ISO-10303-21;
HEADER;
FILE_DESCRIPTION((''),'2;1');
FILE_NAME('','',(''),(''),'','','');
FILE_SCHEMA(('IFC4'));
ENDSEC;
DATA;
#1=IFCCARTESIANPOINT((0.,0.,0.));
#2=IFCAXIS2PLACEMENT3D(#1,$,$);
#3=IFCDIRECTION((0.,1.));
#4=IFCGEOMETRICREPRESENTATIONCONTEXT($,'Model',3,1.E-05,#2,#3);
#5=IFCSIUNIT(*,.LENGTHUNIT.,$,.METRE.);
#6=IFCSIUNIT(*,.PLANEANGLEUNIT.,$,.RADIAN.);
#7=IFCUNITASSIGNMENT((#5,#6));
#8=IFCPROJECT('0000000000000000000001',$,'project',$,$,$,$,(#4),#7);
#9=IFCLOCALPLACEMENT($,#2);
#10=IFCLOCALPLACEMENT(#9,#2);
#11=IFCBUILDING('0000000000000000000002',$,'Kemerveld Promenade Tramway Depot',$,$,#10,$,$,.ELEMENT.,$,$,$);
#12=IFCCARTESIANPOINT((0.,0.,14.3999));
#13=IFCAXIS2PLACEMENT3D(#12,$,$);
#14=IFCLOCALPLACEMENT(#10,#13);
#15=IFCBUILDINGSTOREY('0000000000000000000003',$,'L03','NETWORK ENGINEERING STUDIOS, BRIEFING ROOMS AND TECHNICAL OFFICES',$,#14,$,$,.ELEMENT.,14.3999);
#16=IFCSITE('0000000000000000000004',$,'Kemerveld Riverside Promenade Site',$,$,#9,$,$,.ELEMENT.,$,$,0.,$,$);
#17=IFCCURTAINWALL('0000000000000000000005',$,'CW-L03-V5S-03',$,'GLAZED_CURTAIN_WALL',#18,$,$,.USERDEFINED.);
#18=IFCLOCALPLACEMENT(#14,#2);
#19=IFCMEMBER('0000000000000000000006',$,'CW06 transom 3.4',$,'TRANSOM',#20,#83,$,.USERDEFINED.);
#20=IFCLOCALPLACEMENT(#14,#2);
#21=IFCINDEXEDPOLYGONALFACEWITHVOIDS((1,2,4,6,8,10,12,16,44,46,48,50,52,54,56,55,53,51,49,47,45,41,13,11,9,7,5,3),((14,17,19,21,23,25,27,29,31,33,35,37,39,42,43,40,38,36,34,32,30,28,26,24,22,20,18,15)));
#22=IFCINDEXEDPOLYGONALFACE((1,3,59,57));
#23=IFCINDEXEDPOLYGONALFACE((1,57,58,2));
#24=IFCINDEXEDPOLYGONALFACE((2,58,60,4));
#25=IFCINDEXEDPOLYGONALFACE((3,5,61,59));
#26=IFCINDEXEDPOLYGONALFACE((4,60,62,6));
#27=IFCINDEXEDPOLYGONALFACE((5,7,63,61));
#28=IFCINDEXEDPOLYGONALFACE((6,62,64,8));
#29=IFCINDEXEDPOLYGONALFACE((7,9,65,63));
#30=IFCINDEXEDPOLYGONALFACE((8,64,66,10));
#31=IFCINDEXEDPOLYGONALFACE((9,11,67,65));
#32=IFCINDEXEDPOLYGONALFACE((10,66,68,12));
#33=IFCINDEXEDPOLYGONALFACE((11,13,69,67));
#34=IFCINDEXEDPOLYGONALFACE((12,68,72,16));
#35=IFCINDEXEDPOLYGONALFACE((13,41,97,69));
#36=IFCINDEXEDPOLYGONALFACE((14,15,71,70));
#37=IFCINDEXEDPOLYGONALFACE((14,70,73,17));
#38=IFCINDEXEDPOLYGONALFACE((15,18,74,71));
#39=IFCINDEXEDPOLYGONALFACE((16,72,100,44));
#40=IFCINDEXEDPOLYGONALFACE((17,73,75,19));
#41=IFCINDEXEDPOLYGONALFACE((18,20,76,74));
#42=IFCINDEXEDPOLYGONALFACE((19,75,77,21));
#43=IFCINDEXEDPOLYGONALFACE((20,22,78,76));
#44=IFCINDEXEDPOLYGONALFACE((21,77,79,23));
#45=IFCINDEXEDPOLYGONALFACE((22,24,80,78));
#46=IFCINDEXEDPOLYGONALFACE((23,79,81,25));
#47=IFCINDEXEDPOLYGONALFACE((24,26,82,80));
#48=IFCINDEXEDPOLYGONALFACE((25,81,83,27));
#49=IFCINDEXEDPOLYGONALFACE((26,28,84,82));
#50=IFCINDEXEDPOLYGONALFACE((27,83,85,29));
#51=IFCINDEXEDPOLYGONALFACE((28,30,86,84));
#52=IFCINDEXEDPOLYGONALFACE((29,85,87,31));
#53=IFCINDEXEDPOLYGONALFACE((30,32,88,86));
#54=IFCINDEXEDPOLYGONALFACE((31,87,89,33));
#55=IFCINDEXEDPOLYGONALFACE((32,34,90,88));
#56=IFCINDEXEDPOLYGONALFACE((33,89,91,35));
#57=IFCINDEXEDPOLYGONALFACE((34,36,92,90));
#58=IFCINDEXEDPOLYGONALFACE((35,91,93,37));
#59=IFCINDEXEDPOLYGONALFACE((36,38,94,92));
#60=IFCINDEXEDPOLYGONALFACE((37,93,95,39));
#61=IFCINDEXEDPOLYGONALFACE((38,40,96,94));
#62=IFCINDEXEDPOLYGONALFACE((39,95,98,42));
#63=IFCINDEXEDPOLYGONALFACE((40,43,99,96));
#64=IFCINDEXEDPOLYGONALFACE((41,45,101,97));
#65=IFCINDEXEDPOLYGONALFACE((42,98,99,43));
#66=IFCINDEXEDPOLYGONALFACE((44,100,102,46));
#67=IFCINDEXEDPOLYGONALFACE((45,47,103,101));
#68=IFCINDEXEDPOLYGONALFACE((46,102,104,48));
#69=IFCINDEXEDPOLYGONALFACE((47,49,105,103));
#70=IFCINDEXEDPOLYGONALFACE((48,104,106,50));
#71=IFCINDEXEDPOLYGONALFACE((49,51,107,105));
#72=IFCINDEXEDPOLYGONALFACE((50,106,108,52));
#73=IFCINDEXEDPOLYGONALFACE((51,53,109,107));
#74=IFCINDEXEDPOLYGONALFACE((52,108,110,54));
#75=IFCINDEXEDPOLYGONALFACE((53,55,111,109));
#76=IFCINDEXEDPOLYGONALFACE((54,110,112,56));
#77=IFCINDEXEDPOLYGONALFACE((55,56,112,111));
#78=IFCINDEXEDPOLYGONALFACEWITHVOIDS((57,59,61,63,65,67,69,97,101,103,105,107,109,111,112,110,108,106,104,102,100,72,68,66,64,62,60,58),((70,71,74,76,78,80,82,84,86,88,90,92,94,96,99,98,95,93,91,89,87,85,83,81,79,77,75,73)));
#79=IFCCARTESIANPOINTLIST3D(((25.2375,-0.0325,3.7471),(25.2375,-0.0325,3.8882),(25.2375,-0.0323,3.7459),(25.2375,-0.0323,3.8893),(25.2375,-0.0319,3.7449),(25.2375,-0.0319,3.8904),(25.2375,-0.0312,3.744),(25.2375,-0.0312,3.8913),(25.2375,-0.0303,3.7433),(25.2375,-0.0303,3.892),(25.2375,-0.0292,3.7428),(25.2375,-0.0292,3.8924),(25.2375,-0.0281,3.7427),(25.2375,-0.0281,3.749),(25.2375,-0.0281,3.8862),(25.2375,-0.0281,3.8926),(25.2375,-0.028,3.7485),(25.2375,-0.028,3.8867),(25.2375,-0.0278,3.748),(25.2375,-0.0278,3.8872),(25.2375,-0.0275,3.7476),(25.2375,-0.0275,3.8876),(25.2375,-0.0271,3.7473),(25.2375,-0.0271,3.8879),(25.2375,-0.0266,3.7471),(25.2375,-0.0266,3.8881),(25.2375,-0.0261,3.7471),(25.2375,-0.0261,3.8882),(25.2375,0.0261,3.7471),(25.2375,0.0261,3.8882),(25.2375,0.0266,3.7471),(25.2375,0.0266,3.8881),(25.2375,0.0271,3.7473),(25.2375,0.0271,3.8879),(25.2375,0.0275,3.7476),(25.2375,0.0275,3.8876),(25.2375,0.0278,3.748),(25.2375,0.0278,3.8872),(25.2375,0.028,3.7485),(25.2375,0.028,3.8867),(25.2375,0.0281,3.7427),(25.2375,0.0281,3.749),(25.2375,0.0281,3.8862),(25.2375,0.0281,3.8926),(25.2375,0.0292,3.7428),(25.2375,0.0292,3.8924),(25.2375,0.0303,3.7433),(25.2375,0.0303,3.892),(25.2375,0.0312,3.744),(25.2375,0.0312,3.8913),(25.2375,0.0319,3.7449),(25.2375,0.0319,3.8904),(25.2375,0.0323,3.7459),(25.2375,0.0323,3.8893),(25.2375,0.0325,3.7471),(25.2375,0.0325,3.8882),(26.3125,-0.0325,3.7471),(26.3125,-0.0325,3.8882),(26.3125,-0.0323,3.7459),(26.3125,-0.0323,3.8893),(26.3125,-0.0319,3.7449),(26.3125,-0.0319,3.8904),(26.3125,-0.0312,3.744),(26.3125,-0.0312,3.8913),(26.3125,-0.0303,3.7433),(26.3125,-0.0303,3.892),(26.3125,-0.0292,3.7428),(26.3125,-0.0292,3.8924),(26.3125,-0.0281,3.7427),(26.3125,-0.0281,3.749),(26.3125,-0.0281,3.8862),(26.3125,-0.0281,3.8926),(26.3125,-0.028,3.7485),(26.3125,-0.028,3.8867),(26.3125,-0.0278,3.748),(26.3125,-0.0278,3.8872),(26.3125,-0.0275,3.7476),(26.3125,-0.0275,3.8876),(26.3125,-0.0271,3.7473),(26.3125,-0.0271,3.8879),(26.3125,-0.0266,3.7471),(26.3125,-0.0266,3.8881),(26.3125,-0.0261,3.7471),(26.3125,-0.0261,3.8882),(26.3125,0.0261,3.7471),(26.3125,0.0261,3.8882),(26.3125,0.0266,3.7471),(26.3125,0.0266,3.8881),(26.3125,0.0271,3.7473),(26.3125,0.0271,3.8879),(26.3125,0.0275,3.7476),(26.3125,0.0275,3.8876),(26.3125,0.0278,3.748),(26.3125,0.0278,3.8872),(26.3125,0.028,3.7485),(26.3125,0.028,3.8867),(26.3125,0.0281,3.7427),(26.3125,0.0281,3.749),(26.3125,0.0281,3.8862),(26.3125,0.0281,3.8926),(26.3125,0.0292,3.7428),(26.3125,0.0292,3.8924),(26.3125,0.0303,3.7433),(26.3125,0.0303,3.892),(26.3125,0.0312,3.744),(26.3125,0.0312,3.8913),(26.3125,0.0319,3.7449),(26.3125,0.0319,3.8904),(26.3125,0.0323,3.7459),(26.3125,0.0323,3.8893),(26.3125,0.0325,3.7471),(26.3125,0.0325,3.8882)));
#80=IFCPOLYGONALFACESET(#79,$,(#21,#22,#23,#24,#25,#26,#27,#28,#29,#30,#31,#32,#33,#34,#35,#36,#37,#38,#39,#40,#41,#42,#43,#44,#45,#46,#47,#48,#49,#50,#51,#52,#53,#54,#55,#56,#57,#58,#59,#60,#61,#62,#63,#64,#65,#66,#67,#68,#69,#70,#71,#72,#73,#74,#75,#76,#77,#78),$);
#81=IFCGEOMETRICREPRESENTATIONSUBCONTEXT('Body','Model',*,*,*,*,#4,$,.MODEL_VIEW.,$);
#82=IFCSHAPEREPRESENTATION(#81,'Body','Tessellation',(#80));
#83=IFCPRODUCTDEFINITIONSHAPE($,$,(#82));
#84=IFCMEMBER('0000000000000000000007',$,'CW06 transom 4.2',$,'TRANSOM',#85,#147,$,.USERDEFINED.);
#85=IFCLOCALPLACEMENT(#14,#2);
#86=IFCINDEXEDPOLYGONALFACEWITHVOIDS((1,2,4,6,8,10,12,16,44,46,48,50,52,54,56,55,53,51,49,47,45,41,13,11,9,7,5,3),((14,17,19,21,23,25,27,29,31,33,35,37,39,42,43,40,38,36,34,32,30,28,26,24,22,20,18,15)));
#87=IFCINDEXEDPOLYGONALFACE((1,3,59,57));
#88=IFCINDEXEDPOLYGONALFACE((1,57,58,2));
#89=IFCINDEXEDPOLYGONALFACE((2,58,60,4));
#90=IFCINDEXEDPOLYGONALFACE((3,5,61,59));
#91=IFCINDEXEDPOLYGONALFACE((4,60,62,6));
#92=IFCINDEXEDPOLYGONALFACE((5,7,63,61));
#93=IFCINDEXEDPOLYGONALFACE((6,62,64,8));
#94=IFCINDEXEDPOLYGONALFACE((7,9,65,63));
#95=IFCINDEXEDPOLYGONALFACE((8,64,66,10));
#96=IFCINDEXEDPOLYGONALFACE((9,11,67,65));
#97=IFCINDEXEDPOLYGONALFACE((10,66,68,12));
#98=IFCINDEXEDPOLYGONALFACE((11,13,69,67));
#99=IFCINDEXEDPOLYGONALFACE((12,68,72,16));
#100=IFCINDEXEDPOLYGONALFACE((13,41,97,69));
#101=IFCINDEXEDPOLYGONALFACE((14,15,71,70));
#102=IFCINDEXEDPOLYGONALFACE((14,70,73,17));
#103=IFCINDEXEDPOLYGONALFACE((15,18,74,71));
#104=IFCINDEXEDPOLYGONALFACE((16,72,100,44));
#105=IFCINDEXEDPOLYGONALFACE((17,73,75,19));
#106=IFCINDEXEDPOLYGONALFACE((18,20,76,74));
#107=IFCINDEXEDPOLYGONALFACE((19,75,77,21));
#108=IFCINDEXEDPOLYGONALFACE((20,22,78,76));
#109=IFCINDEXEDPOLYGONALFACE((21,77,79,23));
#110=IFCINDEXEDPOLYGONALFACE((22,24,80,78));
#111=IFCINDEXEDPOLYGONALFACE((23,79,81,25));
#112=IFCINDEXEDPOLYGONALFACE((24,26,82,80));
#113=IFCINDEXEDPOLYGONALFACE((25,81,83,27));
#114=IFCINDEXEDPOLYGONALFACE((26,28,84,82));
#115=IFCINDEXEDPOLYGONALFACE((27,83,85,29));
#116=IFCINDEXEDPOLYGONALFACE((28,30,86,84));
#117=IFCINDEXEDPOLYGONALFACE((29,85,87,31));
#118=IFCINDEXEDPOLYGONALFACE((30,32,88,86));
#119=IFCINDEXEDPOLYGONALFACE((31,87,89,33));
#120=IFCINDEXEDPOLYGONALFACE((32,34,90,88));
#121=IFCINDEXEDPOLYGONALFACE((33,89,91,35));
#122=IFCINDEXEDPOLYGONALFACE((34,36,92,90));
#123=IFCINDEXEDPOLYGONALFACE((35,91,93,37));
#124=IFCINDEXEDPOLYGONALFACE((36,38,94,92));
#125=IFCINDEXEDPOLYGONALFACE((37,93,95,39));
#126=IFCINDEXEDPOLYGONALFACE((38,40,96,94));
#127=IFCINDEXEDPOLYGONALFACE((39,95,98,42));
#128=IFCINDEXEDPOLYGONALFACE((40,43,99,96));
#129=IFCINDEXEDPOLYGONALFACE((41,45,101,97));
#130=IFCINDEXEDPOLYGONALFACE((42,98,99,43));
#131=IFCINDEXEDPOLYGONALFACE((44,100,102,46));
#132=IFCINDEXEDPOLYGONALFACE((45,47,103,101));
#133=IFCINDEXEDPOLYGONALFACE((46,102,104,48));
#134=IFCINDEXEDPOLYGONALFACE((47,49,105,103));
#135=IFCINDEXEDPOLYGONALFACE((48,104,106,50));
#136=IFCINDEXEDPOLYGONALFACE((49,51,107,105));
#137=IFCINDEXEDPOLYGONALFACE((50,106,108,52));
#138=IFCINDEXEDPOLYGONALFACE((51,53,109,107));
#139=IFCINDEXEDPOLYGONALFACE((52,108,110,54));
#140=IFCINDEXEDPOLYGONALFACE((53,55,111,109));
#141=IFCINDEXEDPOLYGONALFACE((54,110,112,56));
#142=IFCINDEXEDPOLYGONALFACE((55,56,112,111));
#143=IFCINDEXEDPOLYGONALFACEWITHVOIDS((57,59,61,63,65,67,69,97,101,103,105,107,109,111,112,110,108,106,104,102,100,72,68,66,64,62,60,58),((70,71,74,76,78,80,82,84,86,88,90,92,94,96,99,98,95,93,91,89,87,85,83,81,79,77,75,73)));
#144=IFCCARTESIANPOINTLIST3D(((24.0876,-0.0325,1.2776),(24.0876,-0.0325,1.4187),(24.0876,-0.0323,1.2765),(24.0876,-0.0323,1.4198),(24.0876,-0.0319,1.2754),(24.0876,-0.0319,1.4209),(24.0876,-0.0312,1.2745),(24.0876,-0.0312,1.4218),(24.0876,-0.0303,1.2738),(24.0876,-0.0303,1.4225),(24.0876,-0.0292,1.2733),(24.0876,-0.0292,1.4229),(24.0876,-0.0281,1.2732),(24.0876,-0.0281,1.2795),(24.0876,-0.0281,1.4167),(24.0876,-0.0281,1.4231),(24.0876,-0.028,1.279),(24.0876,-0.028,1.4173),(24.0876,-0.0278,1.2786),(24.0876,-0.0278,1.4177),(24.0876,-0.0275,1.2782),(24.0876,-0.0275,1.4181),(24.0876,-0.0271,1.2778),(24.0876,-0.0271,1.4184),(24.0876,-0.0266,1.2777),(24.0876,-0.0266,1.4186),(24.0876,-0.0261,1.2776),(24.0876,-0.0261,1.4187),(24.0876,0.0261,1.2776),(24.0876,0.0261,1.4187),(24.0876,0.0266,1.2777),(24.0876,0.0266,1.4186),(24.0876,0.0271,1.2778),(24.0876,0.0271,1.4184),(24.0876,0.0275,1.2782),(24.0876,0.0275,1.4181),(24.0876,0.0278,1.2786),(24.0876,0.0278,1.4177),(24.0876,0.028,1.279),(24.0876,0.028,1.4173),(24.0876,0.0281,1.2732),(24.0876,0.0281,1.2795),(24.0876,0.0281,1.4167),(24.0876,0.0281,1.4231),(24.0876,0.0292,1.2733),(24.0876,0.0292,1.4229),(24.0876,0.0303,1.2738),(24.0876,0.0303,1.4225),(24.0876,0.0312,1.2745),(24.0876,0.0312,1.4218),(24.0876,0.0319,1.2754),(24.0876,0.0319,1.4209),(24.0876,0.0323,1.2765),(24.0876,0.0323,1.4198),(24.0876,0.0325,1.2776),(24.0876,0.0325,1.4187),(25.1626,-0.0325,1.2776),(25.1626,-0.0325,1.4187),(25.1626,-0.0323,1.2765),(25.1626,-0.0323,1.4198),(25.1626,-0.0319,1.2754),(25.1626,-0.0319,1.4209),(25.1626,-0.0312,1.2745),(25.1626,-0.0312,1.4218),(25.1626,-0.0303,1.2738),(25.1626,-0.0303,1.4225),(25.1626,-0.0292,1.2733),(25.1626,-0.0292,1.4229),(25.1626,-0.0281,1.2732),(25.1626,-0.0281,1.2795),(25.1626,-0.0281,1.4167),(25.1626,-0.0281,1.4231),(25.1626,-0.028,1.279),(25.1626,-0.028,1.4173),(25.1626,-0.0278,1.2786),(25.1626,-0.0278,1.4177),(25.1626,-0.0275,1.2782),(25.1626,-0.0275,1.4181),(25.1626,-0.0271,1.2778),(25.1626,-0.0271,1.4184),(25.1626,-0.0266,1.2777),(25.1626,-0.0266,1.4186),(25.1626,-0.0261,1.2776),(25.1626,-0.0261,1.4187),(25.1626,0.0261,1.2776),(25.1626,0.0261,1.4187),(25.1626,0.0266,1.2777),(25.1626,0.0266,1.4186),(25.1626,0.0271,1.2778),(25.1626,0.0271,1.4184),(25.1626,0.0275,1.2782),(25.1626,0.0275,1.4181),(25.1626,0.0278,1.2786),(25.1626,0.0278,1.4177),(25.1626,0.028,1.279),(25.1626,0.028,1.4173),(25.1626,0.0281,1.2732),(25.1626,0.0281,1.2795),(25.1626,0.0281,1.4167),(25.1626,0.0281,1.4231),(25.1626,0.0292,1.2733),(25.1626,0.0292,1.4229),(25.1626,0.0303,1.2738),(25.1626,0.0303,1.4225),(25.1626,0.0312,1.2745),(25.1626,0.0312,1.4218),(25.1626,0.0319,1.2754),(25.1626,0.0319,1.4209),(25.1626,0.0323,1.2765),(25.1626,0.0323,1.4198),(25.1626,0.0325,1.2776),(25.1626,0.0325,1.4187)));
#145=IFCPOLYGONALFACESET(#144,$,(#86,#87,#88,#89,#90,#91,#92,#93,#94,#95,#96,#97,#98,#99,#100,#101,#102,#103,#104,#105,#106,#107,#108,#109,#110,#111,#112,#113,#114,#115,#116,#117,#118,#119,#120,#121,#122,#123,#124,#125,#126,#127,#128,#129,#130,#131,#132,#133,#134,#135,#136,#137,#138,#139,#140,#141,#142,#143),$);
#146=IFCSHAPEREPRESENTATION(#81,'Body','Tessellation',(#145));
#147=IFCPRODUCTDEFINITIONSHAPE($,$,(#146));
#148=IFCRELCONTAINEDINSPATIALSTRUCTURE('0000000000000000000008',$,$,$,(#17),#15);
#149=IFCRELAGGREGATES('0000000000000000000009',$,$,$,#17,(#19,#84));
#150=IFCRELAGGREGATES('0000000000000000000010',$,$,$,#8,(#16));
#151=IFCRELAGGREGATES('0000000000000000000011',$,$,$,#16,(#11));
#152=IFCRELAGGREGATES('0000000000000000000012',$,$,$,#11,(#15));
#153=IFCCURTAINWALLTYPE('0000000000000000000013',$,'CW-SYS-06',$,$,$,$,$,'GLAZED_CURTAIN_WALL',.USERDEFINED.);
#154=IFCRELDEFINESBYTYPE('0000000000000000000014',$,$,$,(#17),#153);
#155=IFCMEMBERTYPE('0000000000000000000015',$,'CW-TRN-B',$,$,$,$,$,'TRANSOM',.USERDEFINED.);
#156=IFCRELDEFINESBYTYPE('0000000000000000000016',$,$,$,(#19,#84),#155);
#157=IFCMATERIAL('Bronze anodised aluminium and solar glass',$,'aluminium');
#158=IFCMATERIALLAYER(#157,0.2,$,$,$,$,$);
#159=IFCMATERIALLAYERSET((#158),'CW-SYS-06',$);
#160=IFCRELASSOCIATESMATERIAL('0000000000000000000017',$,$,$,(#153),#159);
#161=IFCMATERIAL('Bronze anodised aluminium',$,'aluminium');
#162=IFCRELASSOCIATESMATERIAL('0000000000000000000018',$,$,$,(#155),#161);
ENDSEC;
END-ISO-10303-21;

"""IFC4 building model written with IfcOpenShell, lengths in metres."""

from ifc_helpers import new_model, si_unit, direction, frame, origin, origin_2d, place, context, subcontext, project, spatial, hollow_rectangle, extrude, material, layer, layer_set, material_profile, profile_set, type_object, element, aggregate, save


model = new_model("IFC4")

# Units and contexts
model_context = context("Model", 3, precision=1e-05, world=origin(), true_north=direction((0.0, 1.0)))
body_context = subcontext(model_context, "Body", "Model", "MODEL_VIEW")
ifc_project = project(units=[si_unit("LENGTHUNIT", "METRE"), si_unit("PLANEANGLEUNIT", "RADIAN")], contexts=[model_context])

# Site, building, storey
site_placement = place(None, origin())
site = spatial("IfcSite", under=ifc_project, at=site_placement, Name="Kemerveld Riverside Promenade Site", CompositionType="ELEMENT", RefElevation=0.0)
building_placement = place(site_placement, origin())
building = spatial("IfcBuilding", under=site, at=building_placement, Name="Kemerveld Promenade Tramway Depot", CompositionType="ELEMENT")
storey_placement = place(building_placement, frame((0.0, 0.0, 14.3999)))
storey = spatial("IfcBuildingStorey", under=building, at=storey_placement, Name="L03", Description="NETWORK ENGINEERING STUDIOS, BRIEFING ROOMS AND TECHNICAL OFFICES", CompositionType="ELEMENT", Elevation=14.3999)

# Curtain wall, members
ifc_material_1 = material(Name="Bronze anodised aluminium and solar glass", Category="aluminium")
ifc_layer_1 = layer(ifc_material_1, 0.2)
ifc_layer_set_1 = layer_set([ifc_layer_1], Name="CW-SYS-06")
curtain_wall_type = type_object("IfcCurtainWallType", Name="CW-SYS-06", ElementType="GLAZED_CURTAIN_WALL", PredefinedType="USERDEFINED", material=ifc_layer_set_1)
curtain_wall_placement = place(storey_placement, origin())
curtain_wall = element("IfcCurtainWall", 1, at=curtain_wall_placement, inside=storey, type_object=curtain_wall_type, Name="CW-L03-V5S-03", ObjectType="GLAZED_CURTAIN_WALL", PredefinedType="USERDEFINED")
ifc_material_2 = material(Name="Bronze anodised aluminium", Category="aluminium")
ifc_material_profile_1 = material_profile(ifc_material_2, hollow_rectangle(XDim=0.0649, YDim=0.1499, WallThickness=0.0044, InnerFilletRadius=0.002, OuterFilletRadius=0.0044, at=origin_2d()), Name="CW-TRN-150x65")
ifc_profile_set_1 = profile_set([ifc_material_profile_1], Name="Bronze anodised aluminium")
member_type_1 = type_object("IfcMemberType", Name="CW-TRN-B", ElementType="TRANSOM", PredefinedType="USERDEFINED", material=ifc_profile_set_1)
member_1_placement = place(storey_placement, frame((26.3125, 0.0, 3.8176), z_axis=(-1.0, 0.0, 0.0), x_axis=(0.0, -1.0, 0.0)))
member_1 = element("IfcMember", 2, at=member_1_placement, type_object=member_type_1, Name="CW06 transom 3.4", ObjectType="TRANSOM", PredefinedType="USERDEFINED", context=body_context, shape_type="SweptSolid", body=[
    extrude(hollow_rectangle(XDim=0.0649, YDim=0.1499, WallThickness=0.0044, InnerFilletRadius=0.002, OuterFilletRadius=0.0044, at=origin_2d()), origin(), (0.0, 0.0, 1.0), 1.075),
])
member_2_placement = place(storey_placement, frame((25.1626, 0.0, 1.3481), z_axis=(-1.0, 0.0, 0.0), x_axis=(0.0, -1.0, 0.0)))
member_2 = element("IfcMember", 3, at=member_2_placement, type_object=member_type_1, Name="CW06 transom 4.2", ObjectType="TRANSOM", PredefinedType="USERDEFINED", context=body_context, shape_type="SweptSolid", body=[
    extrude(hollow_rectangle(XDim=0.0649, YDim=0.1499, WallThickness=0.0044, InnerFilletRadius=0.002, OuterFilletRadius=0.0044, at=origin_2d()), origin(), (0.0, 0.0, 1.0), 1.075),
])
aggregate(curtain_wall, [member_1, member_2])

save(model, "model.ifc")
